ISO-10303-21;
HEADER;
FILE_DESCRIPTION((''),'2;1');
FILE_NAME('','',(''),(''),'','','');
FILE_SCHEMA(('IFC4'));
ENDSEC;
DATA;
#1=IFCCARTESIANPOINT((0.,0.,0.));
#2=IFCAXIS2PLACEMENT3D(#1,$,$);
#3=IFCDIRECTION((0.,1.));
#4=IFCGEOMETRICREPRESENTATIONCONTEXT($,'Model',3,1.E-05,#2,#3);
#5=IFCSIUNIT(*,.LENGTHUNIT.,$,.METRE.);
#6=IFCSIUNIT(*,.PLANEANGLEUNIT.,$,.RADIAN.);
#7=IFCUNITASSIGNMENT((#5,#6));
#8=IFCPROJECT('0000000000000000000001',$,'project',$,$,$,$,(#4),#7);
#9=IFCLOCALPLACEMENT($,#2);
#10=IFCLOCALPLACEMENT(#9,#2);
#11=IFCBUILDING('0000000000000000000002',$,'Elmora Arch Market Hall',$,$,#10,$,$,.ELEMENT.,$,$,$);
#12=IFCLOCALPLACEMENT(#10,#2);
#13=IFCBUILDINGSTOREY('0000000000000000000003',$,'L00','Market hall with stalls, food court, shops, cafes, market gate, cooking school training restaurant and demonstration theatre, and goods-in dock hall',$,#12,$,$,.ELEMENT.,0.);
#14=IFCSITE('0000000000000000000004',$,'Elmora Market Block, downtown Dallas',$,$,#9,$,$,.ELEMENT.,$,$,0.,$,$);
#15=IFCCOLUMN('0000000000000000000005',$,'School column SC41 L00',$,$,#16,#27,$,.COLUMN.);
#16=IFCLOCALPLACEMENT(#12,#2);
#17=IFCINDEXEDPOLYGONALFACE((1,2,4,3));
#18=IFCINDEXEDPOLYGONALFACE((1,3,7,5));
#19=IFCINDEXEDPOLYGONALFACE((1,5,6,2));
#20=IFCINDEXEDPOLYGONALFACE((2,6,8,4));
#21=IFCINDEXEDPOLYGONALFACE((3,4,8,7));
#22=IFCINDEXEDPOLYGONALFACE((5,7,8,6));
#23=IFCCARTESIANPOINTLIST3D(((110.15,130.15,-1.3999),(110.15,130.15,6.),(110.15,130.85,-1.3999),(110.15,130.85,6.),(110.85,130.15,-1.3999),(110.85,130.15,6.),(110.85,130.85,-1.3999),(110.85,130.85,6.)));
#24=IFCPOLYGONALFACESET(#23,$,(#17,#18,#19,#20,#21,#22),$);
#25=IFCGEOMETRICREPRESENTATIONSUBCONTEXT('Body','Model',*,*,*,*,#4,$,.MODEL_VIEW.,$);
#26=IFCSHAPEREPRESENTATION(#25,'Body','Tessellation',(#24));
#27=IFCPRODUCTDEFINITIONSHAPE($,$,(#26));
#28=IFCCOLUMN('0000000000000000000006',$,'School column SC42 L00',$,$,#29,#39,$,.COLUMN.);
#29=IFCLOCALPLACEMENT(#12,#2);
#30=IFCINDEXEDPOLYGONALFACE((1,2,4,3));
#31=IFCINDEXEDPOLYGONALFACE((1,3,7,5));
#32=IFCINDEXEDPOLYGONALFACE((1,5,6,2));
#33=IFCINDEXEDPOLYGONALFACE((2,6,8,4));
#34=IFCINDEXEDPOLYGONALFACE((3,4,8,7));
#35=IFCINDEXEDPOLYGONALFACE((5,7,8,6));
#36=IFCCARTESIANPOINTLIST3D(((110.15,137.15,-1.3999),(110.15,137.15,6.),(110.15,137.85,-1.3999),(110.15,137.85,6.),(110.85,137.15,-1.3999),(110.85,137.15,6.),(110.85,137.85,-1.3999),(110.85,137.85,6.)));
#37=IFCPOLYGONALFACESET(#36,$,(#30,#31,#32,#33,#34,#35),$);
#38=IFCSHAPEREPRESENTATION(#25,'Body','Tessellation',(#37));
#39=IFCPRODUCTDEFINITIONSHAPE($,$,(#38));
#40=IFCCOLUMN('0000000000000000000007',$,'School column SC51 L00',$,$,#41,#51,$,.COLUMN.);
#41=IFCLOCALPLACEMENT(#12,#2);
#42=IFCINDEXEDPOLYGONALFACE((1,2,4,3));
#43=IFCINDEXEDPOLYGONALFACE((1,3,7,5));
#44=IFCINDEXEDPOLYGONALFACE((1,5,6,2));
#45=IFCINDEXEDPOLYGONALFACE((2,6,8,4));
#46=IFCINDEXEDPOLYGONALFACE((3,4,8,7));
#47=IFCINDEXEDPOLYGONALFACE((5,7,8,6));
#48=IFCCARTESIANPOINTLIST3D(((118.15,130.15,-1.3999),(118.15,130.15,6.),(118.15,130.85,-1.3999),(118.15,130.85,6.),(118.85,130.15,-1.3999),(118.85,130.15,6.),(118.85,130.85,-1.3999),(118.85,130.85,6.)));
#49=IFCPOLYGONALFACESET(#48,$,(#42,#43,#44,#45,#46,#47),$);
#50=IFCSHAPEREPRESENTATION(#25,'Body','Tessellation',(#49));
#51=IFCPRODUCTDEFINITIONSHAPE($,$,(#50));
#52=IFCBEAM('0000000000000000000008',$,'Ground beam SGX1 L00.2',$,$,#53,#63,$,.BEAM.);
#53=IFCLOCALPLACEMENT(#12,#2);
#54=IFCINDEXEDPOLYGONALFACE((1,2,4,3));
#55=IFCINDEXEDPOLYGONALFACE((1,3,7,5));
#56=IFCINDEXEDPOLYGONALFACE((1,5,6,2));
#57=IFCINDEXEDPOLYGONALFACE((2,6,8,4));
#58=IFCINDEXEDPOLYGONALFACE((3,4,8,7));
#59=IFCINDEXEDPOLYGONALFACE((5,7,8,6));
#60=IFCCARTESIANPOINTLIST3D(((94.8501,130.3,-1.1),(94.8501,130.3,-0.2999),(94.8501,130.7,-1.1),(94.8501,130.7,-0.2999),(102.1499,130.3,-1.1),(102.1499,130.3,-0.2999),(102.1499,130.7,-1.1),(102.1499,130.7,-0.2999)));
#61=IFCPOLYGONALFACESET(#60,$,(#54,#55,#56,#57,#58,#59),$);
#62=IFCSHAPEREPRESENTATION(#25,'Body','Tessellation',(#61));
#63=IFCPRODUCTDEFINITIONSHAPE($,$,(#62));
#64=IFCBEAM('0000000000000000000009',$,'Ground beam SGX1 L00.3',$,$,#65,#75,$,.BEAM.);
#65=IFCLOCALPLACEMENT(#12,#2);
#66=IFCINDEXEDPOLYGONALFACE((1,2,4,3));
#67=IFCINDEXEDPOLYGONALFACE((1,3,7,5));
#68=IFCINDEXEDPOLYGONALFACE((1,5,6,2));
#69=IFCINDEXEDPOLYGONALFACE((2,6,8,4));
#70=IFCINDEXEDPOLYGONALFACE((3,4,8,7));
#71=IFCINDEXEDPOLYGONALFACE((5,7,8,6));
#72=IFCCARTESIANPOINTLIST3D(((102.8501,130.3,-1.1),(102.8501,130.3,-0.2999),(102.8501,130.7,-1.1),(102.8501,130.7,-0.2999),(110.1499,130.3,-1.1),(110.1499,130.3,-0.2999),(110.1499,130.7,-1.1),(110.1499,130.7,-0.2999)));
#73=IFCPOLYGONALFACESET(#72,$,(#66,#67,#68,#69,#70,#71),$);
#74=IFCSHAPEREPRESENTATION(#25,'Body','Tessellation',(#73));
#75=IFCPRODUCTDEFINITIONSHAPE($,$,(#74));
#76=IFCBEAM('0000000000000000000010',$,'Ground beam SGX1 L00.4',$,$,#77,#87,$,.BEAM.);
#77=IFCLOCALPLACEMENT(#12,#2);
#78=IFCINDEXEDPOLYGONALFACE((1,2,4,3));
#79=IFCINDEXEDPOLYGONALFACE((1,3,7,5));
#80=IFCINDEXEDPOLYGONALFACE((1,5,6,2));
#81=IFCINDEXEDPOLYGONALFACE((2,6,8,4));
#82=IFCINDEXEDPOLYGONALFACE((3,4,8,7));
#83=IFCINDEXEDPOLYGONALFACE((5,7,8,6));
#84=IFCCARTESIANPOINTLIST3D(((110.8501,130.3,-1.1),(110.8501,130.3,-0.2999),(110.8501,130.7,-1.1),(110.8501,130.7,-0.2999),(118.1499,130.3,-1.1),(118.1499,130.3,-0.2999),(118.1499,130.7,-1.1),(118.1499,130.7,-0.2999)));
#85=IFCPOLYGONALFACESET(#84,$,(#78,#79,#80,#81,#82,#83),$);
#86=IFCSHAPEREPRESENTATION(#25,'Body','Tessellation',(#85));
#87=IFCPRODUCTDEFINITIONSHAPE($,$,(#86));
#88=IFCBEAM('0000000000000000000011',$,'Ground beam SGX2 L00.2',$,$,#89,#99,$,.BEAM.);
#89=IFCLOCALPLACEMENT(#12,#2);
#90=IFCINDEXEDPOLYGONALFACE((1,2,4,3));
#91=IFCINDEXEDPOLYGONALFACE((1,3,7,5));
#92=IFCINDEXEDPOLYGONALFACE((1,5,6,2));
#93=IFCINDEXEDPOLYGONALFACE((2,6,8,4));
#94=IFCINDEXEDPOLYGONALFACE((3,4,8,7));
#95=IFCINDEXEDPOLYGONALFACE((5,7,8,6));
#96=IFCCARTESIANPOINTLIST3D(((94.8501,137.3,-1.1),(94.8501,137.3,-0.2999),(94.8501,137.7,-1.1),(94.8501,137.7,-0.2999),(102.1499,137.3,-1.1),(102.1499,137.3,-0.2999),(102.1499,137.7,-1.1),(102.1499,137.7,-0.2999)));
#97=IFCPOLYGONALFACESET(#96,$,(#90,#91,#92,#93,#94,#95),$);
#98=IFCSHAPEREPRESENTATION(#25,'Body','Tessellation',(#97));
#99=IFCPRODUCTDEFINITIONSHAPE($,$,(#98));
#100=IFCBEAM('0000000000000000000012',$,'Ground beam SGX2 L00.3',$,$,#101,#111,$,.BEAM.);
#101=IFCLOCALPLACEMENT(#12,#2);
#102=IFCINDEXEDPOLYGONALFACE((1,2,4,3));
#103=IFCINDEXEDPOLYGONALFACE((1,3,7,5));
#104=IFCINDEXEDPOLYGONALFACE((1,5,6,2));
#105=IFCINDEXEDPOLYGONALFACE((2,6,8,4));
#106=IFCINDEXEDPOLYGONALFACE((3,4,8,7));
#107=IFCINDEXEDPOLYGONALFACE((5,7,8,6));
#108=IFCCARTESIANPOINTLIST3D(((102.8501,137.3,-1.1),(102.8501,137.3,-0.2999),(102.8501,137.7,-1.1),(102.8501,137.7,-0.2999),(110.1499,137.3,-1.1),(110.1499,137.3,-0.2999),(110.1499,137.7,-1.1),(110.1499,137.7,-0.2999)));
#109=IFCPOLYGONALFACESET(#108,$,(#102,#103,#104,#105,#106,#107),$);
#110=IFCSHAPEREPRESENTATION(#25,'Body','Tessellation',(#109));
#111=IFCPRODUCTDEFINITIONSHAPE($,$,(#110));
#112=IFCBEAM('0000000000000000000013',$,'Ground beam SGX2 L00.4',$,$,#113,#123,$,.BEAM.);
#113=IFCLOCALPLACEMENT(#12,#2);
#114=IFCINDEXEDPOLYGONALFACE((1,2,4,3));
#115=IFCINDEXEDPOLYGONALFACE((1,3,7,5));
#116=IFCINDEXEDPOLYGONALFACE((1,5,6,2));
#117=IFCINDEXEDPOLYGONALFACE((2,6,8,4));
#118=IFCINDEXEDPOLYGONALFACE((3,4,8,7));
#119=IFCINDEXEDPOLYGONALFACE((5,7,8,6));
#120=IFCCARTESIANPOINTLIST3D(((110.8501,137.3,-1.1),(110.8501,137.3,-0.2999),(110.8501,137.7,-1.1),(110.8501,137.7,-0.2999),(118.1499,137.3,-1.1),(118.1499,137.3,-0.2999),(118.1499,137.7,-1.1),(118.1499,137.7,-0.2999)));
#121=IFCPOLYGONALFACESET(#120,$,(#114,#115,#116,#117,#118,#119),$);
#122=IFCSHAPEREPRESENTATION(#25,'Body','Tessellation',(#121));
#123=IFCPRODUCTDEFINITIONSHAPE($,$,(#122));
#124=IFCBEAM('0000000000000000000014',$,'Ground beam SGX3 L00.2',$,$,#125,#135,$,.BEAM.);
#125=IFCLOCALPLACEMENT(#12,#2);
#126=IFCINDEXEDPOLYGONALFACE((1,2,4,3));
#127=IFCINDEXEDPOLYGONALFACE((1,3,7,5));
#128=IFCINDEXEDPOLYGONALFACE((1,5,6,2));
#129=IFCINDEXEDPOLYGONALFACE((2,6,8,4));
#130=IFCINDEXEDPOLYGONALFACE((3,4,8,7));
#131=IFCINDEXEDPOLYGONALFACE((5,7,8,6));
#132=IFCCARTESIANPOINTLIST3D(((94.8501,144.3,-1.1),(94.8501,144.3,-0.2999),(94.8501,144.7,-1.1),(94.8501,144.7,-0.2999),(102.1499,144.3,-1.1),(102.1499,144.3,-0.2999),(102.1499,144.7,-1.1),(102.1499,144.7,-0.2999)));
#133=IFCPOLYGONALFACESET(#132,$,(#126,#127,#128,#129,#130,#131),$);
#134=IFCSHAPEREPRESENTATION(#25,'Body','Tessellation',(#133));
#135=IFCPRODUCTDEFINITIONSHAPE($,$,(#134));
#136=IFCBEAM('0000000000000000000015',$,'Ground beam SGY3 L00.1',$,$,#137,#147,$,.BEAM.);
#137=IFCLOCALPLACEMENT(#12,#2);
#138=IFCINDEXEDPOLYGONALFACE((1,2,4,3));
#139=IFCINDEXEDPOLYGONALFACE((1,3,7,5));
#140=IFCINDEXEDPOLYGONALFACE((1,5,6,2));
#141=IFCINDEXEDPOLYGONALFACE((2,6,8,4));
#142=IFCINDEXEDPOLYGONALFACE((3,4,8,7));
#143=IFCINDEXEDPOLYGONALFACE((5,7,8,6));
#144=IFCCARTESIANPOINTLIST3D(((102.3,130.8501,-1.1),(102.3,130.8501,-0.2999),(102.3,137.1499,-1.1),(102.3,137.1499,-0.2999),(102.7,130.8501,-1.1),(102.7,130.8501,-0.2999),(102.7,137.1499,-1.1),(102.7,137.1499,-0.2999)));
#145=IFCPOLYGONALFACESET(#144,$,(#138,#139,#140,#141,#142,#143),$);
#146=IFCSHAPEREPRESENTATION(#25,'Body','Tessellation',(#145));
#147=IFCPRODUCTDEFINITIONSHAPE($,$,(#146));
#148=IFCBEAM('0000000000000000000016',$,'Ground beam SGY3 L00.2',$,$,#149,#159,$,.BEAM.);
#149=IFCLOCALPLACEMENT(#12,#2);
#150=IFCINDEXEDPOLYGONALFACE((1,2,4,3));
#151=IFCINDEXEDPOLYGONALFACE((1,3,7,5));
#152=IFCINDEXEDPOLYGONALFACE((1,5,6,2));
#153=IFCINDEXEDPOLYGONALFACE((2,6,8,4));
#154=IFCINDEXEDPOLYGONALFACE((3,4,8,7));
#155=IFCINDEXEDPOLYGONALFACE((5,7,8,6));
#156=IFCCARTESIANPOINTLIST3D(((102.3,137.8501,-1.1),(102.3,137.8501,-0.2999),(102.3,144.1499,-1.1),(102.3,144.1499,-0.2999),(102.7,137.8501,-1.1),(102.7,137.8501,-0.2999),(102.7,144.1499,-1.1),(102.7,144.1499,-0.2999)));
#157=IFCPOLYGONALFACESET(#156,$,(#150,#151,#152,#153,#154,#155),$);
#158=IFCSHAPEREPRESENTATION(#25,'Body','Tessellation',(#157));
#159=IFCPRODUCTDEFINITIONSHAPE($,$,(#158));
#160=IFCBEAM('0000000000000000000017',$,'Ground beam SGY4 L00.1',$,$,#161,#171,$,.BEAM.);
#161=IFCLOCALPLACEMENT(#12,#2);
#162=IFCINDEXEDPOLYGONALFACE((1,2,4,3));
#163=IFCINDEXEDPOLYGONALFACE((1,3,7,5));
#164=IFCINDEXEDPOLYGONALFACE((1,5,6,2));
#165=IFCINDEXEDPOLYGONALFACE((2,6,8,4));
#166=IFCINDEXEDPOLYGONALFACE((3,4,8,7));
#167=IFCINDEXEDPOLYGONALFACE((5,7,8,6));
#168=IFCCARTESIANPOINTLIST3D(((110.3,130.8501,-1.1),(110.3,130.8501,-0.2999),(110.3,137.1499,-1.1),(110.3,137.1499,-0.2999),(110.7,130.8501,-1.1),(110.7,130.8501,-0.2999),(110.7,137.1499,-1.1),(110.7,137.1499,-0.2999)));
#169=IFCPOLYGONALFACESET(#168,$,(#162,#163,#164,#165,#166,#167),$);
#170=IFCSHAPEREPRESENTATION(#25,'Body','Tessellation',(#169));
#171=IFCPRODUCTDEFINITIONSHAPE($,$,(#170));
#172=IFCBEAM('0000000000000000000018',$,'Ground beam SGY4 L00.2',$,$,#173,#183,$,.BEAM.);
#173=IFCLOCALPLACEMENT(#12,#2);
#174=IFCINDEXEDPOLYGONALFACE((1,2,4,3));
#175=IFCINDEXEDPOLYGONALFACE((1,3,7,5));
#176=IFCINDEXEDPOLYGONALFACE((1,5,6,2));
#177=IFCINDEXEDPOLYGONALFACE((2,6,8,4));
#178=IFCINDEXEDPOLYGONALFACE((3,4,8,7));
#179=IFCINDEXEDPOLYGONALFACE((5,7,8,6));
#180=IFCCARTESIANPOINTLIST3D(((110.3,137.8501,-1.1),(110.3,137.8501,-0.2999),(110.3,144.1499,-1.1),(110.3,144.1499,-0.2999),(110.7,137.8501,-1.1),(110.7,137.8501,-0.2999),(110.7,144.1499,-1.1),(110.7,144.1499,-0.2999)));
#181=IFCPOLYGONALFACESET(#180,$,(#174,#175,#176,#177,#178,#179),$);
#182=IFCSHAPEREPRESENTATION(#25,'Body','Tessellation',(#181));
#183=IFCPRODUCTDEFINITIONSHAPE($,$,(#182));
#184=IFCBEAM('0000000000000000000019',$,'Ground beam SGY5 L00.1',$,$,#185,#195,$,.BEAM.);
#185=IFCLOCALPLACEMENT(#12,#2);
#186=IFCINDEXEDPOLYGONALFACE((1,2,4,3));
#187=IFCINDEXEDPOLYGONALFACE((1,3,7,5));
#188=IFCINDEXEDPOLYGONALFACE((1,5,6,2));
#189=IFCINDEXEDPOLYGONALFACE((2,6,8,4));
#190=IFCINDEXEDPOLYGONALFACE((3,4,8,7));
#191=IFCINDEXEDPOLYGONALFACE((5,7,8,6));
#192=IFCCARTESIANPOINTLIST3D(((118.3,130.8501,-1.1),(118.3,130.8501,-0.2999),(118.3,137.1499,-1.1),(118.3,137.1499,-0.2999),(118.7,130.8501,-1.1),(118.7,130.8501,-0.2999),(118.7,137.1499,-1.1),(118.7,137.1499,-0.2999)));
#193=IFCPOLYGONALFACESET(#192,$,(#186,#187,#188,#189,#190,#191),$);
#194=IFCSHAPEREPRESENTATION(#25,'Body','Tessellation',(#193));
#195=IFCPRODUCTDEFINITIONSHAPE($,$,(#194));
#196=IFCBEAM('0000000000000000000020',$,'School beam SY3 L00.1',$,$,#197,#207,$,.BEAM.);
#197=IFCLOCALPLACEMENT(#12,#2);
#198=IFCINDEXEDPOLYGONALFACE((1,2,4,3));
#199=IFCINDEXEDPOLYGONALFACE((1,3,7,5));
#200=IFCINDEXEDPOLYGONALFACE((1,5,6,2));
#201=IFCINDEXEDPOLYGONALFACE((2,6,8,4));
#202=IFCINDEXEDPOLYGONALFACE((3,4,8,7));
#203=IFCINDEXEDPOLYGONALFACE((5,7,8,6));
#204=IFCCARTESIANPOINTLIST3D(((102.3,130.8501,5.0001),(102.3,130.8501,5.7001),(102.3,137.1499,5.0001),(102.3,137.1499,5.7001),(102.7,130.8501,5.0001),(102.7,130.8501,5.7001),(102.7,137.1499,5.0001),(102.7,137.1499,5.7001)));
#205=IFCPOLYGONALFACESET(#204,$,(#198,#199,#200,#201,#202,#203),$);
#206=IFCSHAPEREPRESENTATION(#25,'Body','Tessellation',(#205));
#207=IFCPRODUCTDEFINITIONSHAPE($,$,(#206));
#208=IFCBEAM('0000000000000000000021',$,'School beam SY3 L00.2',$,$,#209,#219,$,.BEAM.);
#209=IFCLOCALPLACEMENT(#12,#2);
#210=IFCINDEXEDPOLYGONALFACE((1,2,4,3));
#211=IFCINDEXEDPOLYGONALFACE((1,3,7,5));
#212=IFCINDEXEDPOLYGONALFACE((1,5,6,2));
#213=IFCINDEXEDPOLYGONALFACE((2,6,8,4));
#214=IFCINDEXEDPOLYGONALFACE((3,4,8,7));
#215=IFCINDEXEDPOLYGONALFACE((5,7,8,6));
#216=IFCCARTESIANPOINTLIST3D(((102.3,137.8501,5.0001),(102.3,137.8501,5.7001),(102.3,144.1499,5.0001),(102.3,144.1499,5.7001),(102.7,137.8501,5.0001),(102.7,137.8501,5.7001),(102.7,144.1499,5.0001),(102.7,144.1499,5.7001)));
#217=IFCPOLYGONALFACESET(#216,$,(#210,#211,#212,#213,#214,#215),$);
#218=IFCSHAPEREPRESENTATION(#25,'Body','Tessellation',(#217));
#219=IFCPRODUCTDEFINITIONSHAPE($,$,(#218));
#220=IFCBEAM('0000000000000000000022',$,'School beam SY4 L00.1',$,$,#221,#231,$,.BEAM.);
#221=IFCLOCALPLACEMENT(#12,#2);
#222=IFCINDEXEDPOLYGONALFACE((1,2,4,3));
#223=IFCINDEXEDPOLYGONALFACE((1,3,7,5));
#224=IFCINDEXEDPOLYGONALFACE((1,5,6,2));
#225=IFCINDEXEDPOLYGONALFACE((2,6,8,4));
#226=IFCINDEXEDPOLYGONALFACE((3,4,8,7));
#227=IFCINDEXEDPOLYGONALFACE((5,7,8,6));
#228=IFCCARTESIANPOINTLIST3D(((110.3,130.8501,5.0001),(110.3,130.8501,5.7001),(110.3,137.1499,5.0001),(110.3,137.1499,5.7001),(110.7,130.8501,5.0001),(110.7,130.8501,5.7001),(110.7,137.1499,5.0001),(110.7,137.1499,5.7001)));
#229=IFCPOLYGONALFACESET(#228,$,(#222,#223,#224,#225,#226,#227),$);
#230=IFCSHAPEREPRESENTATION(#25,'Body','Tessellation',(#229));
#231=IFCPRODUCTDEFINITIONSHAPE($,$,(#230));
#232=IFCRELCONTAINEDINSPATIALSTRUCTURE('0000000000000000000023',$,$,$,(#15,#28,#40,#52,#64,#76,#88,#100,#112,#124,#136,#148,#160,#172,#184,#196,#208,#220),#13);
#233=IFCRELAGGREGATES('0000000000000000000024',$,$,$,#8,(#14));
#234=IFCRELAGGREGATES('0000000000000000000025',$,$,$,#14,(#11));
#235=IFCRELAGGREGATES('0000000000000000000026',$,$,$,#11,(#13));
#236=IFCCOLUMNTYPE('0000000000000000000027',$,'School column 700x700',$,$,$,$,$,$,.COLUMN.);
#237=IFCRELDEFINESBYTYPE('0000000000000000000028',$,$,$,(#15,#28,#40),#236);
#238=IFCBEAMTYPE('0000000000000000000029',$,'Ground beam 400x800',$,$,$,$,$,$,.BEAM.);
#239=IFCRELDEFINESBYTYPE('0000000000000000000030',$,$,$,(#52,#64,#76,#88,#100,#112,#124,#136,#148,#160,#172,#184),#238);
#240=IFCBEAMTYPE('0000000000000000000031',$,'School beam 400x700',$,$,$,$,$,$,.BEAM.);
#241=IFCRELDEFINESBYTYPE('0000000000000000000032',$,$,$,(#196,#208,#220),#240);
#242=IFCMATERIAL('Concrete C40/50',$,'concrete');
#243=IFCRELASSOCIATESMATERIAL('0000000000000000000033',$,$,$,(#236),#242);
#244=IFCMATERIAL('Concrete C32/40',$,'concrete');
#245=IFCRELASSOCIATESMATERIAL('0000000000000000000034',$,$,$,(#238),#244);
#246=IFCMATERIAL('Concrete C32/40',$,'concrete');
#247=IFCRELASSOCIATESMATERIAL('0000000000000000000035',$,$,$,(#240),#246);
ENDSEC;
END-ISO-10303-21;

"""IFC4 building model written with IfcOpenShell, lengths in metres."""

from ifc_helpers import new_model, si_unit, direction, frame, origin, origin_2d, place, context, subcontext, project, spatial, rectangle, extrude, material, material_profile, profile_set, type_object, element, save


model = new_model("IFC4")

# Units and contexts
model_context = context("Model", 3, precision=1e-05, world=origin(), true_north=direction((0.0, 1.0)))
body_context = subcontext(model_context, "Body", "Model", "MODEL_VIEW")
ifc_project = project(units=[si_unit("LENGTHUNIT", "METRE"), si_unit("PLANEANGLEUNIT", "RADIAN")], contexts=[model_context])

# Site, building, storey
site_placement = place(None, origin())
site = spatial("IfcSite", under=ifc_project, at=site_placement, Name="Elmora Market Block, downtown Dallas", CompositionType="ELEMENT", RefElevation=0.0)
building_placement = place(site_placement, origin())
building = spatial("IfcBuilding", under=site, at=building_placement, Name="Elmora Arch Market Hall", CompositionType="ELEMENT")
storey_placement = place(building_placement, origin())
storey = spatial("IfcBuildingStorey", under=building, at=storey_placement, Name="L00", Description="Market hall with stalls, food court, shops, cafes, market gate, cooking school training restaurant and demonstration theatre, and goods-in dock hall", CompositionType="ELEMENT", Elevation=0.0)

# Columns
ifc_material_1 = material(Name="Concrete C40/50", Category="concrete")
ifc_material_profile_1 = material_profile(ifc_material_1, rectangle(XDim=0.7, YDim=0.7, at=origin_2d()), Name="School column 700x700")
ifc_profile_set_1 = profile_set([ifc_material_profile_1], Name="Concrete C40/50")
column_type = type_object("IfcColumnType", Name="School column 700x700", PredefinedType="COLUMN", material=ifc_profile_set_1)
for number, where, z_axis, x_axis, name in (
    (1, (110.5, 130.5, -1.3999), (0.0, 0.0, 1.0), (1.0, 0.0, 0.0), "School column SC41 L00"),
    (2, (110.5, 137.5, -1.3999), (0.0, 0.0, 1.0), (1.0, 0.0, 0.0), "School column SC42 L00"),
    (3, (118.5, 130.5, -1.3999), (0.0, 0.0, 1.0), (1.0, 0.0, 0.0), "School column SC51 L00"),
):
    element("IfcColumn", number, at=place(storey_placement, frame(where, z_axis=z_axis, x_axis=x_axis)), inside=storey, type_object=column_type, Name=name, PredefinedType="COLUMN", context=body_context, shape_type="SweptSolid", body=[
        extrude(rectangle(XDim=0.7, YDim=0.7, at=origin_2d()), origin(), (0.0, 0.0, 1.0), 7.3999),
    ])

# Beams
ifc_material_2 = material(Name="Concrete C32/40", Category="concrete")
ifc_material_profile_2 = material_profile(ifc_material_2, rectangle(XDim=0.3999, YDim=0.8, at=origin_2d()), Name="Ground beam 400x800")
ifc_profile_set_2 = profile_set([ifc_material_profile_2], Name="Concrete C32/40")
beam_type_1 = type_object("IfcBeamType", Name="Ground beam 400x800", PredefinedType="BEAM", material=ifc_profile_set_2)
for number, where, z_axis, x_axis, name in (
    (4, (94.8501, 130.5, -0.7), (1.0, 0.0, 0.0), (0.0, 1.0, 0.0), "Ground beam SGX1 L00.2"),
    (5, (102.8501, 130.5, -0.7), (1.0, 0.0, 0.0), (0.0, 1.0, 0.0), "Ground beam SGX1 L00.3"),
    (6, (110.8501, 130.5, -0.7), (1.0, 0.0, 0.0), (0.0, 1.0, 0.0), "Ground beam SGX1 L00.4"),
    (7, (94.8501, 137.5, -0.7), (1.0, 0.0, 0.0), (0.0, 1.0, 0.0), "Ground beam SGX2 L00.2"),
    (8, (102.8501, 137.5, -0.7), (1.0, 0.0, 0.0), (0.0, 1.0, 0.0), "Ground beam SGX2 L00.3"),
    (9, (110.8501, 137.5, -0.7), (1.0, 0.0, 0.0), (0.0, 1.0, 0.0), "Ground beam SGX2 L00.4"),
    (10, (94.8501, 144.5, -0.7), (1.0, 0.0, 0.0), (0.0, 1.0, 0.0), "Ground beam SGX3 L00.2"),
):
    element("IfcBeam", number, at=place(storey_placement, frame(where, z_axis=z_axis, x_axis=x_axis)), inside=storey, type_object=beam_type_1, Name=name, PredefinedType="BEAM", context=body_context, shape_type="SweptSolid", body=[
        extrude(rectangle(XDim=0.3999, YDim=0.8, at=origin_2d()), origin(), (0.0, 0.0, 1.0), 7.2998),
    ])
for number, where, z_axis, x_axis, name in (
    (11, (102.5, 130.8501, -0.7), (0.0, 1.0, 0.0), (-1.0, 0.0, 0.0), "Ground beam SGY3 L00.1"),
    (12, (102.5, 137.8501, -0.7), (0.0, 1.0, 0.0), (-1.0, 0.0, 0.0), "Ground beam SGY3 L00.2"),
    (13, (110.5, 130.8501, -0.7), (0.0, 1.0, 0.0), (-1.0, 0.0, 0.0), "Ground beam SGY4 L00.1"),
    (14, (110.5, 137.8501, -0.7), (0.0, 1.0, 0.0), (-1.0, 0.0, 0.0), "Ground beam SGY4 L00.2"),
    (15, (118.5, 130.8501, -0.7), (0.0, 1.0, 0.0), (-1.0, 0.0, 0.0), "Ground beam SGY5 L00.1"),
):
    element("IfcBeam", number, at=place(storey_placement, frame(where, z_axis=z_axis, x_axis=x_axis)), inside=storey, type_object=beam_type_1, Name=name, PredefinedType="BEAM", context=body_context, shape_type="SweptSolid", body=[
        extrude(rectangle(XDim=0.3999, YDim=0.8, at=origin_2d()), origin(), (0.0, 0.0, 1.0), 6.2998),
    ])
ifc_material_3 = material(Name="Concrete C32/40", Category="concrete")
ifc_material_profile_3 = material_profile(ifc_material_3, rectangle(XDim=0.3999, YDim=0.7, at=origin_2d()), Name="School beam 400x700")
ifc_profile_set_3 = profile_set([ifc_material_profile_3], Name="Concrete C32/40")
beam_type_2 = type_object("IfcBeamType", Name="School beam 400x700", PredefinedType="BEAM", material=ifc_profile_set_3)
for number, where, z_axis, x_axis, name in (
    (16, (102.5, 130.8501, 5.3501), (0.0, 1.0, 0.0), (-1.0, 0.0, 0.0), "School beam SY3 L00.1"),
    (17, (102.5, 137.8501, 5.3501), (0.0, 1.0, 0.0), (-1.0, 0.0, 0.0), "School beam SY3 L00.2"),
    (18, (110.5, 130.8501, 5.3501), (0.0, 1.0, 0.0), (-1.0, 0.0, 0.0), "School beam SY4 L00.1"),
):
    element("IfcBeam", number, at=place(storey_placement, frame(where, z_axis=z_axis, x_axis=x_axis)), inside=storey, type_object=beam_type_2, Name=name, PredefinedType="BEAM", context=body_context, shape_type="SweptSolid", body=[
        extrude(rectangle(XDim=0.3999, YDim=0.7, at=origin_2d()), origin(), (0.0, 0.0, 1.0), 6.2998),
    ])

save(model, "model.ifc")
